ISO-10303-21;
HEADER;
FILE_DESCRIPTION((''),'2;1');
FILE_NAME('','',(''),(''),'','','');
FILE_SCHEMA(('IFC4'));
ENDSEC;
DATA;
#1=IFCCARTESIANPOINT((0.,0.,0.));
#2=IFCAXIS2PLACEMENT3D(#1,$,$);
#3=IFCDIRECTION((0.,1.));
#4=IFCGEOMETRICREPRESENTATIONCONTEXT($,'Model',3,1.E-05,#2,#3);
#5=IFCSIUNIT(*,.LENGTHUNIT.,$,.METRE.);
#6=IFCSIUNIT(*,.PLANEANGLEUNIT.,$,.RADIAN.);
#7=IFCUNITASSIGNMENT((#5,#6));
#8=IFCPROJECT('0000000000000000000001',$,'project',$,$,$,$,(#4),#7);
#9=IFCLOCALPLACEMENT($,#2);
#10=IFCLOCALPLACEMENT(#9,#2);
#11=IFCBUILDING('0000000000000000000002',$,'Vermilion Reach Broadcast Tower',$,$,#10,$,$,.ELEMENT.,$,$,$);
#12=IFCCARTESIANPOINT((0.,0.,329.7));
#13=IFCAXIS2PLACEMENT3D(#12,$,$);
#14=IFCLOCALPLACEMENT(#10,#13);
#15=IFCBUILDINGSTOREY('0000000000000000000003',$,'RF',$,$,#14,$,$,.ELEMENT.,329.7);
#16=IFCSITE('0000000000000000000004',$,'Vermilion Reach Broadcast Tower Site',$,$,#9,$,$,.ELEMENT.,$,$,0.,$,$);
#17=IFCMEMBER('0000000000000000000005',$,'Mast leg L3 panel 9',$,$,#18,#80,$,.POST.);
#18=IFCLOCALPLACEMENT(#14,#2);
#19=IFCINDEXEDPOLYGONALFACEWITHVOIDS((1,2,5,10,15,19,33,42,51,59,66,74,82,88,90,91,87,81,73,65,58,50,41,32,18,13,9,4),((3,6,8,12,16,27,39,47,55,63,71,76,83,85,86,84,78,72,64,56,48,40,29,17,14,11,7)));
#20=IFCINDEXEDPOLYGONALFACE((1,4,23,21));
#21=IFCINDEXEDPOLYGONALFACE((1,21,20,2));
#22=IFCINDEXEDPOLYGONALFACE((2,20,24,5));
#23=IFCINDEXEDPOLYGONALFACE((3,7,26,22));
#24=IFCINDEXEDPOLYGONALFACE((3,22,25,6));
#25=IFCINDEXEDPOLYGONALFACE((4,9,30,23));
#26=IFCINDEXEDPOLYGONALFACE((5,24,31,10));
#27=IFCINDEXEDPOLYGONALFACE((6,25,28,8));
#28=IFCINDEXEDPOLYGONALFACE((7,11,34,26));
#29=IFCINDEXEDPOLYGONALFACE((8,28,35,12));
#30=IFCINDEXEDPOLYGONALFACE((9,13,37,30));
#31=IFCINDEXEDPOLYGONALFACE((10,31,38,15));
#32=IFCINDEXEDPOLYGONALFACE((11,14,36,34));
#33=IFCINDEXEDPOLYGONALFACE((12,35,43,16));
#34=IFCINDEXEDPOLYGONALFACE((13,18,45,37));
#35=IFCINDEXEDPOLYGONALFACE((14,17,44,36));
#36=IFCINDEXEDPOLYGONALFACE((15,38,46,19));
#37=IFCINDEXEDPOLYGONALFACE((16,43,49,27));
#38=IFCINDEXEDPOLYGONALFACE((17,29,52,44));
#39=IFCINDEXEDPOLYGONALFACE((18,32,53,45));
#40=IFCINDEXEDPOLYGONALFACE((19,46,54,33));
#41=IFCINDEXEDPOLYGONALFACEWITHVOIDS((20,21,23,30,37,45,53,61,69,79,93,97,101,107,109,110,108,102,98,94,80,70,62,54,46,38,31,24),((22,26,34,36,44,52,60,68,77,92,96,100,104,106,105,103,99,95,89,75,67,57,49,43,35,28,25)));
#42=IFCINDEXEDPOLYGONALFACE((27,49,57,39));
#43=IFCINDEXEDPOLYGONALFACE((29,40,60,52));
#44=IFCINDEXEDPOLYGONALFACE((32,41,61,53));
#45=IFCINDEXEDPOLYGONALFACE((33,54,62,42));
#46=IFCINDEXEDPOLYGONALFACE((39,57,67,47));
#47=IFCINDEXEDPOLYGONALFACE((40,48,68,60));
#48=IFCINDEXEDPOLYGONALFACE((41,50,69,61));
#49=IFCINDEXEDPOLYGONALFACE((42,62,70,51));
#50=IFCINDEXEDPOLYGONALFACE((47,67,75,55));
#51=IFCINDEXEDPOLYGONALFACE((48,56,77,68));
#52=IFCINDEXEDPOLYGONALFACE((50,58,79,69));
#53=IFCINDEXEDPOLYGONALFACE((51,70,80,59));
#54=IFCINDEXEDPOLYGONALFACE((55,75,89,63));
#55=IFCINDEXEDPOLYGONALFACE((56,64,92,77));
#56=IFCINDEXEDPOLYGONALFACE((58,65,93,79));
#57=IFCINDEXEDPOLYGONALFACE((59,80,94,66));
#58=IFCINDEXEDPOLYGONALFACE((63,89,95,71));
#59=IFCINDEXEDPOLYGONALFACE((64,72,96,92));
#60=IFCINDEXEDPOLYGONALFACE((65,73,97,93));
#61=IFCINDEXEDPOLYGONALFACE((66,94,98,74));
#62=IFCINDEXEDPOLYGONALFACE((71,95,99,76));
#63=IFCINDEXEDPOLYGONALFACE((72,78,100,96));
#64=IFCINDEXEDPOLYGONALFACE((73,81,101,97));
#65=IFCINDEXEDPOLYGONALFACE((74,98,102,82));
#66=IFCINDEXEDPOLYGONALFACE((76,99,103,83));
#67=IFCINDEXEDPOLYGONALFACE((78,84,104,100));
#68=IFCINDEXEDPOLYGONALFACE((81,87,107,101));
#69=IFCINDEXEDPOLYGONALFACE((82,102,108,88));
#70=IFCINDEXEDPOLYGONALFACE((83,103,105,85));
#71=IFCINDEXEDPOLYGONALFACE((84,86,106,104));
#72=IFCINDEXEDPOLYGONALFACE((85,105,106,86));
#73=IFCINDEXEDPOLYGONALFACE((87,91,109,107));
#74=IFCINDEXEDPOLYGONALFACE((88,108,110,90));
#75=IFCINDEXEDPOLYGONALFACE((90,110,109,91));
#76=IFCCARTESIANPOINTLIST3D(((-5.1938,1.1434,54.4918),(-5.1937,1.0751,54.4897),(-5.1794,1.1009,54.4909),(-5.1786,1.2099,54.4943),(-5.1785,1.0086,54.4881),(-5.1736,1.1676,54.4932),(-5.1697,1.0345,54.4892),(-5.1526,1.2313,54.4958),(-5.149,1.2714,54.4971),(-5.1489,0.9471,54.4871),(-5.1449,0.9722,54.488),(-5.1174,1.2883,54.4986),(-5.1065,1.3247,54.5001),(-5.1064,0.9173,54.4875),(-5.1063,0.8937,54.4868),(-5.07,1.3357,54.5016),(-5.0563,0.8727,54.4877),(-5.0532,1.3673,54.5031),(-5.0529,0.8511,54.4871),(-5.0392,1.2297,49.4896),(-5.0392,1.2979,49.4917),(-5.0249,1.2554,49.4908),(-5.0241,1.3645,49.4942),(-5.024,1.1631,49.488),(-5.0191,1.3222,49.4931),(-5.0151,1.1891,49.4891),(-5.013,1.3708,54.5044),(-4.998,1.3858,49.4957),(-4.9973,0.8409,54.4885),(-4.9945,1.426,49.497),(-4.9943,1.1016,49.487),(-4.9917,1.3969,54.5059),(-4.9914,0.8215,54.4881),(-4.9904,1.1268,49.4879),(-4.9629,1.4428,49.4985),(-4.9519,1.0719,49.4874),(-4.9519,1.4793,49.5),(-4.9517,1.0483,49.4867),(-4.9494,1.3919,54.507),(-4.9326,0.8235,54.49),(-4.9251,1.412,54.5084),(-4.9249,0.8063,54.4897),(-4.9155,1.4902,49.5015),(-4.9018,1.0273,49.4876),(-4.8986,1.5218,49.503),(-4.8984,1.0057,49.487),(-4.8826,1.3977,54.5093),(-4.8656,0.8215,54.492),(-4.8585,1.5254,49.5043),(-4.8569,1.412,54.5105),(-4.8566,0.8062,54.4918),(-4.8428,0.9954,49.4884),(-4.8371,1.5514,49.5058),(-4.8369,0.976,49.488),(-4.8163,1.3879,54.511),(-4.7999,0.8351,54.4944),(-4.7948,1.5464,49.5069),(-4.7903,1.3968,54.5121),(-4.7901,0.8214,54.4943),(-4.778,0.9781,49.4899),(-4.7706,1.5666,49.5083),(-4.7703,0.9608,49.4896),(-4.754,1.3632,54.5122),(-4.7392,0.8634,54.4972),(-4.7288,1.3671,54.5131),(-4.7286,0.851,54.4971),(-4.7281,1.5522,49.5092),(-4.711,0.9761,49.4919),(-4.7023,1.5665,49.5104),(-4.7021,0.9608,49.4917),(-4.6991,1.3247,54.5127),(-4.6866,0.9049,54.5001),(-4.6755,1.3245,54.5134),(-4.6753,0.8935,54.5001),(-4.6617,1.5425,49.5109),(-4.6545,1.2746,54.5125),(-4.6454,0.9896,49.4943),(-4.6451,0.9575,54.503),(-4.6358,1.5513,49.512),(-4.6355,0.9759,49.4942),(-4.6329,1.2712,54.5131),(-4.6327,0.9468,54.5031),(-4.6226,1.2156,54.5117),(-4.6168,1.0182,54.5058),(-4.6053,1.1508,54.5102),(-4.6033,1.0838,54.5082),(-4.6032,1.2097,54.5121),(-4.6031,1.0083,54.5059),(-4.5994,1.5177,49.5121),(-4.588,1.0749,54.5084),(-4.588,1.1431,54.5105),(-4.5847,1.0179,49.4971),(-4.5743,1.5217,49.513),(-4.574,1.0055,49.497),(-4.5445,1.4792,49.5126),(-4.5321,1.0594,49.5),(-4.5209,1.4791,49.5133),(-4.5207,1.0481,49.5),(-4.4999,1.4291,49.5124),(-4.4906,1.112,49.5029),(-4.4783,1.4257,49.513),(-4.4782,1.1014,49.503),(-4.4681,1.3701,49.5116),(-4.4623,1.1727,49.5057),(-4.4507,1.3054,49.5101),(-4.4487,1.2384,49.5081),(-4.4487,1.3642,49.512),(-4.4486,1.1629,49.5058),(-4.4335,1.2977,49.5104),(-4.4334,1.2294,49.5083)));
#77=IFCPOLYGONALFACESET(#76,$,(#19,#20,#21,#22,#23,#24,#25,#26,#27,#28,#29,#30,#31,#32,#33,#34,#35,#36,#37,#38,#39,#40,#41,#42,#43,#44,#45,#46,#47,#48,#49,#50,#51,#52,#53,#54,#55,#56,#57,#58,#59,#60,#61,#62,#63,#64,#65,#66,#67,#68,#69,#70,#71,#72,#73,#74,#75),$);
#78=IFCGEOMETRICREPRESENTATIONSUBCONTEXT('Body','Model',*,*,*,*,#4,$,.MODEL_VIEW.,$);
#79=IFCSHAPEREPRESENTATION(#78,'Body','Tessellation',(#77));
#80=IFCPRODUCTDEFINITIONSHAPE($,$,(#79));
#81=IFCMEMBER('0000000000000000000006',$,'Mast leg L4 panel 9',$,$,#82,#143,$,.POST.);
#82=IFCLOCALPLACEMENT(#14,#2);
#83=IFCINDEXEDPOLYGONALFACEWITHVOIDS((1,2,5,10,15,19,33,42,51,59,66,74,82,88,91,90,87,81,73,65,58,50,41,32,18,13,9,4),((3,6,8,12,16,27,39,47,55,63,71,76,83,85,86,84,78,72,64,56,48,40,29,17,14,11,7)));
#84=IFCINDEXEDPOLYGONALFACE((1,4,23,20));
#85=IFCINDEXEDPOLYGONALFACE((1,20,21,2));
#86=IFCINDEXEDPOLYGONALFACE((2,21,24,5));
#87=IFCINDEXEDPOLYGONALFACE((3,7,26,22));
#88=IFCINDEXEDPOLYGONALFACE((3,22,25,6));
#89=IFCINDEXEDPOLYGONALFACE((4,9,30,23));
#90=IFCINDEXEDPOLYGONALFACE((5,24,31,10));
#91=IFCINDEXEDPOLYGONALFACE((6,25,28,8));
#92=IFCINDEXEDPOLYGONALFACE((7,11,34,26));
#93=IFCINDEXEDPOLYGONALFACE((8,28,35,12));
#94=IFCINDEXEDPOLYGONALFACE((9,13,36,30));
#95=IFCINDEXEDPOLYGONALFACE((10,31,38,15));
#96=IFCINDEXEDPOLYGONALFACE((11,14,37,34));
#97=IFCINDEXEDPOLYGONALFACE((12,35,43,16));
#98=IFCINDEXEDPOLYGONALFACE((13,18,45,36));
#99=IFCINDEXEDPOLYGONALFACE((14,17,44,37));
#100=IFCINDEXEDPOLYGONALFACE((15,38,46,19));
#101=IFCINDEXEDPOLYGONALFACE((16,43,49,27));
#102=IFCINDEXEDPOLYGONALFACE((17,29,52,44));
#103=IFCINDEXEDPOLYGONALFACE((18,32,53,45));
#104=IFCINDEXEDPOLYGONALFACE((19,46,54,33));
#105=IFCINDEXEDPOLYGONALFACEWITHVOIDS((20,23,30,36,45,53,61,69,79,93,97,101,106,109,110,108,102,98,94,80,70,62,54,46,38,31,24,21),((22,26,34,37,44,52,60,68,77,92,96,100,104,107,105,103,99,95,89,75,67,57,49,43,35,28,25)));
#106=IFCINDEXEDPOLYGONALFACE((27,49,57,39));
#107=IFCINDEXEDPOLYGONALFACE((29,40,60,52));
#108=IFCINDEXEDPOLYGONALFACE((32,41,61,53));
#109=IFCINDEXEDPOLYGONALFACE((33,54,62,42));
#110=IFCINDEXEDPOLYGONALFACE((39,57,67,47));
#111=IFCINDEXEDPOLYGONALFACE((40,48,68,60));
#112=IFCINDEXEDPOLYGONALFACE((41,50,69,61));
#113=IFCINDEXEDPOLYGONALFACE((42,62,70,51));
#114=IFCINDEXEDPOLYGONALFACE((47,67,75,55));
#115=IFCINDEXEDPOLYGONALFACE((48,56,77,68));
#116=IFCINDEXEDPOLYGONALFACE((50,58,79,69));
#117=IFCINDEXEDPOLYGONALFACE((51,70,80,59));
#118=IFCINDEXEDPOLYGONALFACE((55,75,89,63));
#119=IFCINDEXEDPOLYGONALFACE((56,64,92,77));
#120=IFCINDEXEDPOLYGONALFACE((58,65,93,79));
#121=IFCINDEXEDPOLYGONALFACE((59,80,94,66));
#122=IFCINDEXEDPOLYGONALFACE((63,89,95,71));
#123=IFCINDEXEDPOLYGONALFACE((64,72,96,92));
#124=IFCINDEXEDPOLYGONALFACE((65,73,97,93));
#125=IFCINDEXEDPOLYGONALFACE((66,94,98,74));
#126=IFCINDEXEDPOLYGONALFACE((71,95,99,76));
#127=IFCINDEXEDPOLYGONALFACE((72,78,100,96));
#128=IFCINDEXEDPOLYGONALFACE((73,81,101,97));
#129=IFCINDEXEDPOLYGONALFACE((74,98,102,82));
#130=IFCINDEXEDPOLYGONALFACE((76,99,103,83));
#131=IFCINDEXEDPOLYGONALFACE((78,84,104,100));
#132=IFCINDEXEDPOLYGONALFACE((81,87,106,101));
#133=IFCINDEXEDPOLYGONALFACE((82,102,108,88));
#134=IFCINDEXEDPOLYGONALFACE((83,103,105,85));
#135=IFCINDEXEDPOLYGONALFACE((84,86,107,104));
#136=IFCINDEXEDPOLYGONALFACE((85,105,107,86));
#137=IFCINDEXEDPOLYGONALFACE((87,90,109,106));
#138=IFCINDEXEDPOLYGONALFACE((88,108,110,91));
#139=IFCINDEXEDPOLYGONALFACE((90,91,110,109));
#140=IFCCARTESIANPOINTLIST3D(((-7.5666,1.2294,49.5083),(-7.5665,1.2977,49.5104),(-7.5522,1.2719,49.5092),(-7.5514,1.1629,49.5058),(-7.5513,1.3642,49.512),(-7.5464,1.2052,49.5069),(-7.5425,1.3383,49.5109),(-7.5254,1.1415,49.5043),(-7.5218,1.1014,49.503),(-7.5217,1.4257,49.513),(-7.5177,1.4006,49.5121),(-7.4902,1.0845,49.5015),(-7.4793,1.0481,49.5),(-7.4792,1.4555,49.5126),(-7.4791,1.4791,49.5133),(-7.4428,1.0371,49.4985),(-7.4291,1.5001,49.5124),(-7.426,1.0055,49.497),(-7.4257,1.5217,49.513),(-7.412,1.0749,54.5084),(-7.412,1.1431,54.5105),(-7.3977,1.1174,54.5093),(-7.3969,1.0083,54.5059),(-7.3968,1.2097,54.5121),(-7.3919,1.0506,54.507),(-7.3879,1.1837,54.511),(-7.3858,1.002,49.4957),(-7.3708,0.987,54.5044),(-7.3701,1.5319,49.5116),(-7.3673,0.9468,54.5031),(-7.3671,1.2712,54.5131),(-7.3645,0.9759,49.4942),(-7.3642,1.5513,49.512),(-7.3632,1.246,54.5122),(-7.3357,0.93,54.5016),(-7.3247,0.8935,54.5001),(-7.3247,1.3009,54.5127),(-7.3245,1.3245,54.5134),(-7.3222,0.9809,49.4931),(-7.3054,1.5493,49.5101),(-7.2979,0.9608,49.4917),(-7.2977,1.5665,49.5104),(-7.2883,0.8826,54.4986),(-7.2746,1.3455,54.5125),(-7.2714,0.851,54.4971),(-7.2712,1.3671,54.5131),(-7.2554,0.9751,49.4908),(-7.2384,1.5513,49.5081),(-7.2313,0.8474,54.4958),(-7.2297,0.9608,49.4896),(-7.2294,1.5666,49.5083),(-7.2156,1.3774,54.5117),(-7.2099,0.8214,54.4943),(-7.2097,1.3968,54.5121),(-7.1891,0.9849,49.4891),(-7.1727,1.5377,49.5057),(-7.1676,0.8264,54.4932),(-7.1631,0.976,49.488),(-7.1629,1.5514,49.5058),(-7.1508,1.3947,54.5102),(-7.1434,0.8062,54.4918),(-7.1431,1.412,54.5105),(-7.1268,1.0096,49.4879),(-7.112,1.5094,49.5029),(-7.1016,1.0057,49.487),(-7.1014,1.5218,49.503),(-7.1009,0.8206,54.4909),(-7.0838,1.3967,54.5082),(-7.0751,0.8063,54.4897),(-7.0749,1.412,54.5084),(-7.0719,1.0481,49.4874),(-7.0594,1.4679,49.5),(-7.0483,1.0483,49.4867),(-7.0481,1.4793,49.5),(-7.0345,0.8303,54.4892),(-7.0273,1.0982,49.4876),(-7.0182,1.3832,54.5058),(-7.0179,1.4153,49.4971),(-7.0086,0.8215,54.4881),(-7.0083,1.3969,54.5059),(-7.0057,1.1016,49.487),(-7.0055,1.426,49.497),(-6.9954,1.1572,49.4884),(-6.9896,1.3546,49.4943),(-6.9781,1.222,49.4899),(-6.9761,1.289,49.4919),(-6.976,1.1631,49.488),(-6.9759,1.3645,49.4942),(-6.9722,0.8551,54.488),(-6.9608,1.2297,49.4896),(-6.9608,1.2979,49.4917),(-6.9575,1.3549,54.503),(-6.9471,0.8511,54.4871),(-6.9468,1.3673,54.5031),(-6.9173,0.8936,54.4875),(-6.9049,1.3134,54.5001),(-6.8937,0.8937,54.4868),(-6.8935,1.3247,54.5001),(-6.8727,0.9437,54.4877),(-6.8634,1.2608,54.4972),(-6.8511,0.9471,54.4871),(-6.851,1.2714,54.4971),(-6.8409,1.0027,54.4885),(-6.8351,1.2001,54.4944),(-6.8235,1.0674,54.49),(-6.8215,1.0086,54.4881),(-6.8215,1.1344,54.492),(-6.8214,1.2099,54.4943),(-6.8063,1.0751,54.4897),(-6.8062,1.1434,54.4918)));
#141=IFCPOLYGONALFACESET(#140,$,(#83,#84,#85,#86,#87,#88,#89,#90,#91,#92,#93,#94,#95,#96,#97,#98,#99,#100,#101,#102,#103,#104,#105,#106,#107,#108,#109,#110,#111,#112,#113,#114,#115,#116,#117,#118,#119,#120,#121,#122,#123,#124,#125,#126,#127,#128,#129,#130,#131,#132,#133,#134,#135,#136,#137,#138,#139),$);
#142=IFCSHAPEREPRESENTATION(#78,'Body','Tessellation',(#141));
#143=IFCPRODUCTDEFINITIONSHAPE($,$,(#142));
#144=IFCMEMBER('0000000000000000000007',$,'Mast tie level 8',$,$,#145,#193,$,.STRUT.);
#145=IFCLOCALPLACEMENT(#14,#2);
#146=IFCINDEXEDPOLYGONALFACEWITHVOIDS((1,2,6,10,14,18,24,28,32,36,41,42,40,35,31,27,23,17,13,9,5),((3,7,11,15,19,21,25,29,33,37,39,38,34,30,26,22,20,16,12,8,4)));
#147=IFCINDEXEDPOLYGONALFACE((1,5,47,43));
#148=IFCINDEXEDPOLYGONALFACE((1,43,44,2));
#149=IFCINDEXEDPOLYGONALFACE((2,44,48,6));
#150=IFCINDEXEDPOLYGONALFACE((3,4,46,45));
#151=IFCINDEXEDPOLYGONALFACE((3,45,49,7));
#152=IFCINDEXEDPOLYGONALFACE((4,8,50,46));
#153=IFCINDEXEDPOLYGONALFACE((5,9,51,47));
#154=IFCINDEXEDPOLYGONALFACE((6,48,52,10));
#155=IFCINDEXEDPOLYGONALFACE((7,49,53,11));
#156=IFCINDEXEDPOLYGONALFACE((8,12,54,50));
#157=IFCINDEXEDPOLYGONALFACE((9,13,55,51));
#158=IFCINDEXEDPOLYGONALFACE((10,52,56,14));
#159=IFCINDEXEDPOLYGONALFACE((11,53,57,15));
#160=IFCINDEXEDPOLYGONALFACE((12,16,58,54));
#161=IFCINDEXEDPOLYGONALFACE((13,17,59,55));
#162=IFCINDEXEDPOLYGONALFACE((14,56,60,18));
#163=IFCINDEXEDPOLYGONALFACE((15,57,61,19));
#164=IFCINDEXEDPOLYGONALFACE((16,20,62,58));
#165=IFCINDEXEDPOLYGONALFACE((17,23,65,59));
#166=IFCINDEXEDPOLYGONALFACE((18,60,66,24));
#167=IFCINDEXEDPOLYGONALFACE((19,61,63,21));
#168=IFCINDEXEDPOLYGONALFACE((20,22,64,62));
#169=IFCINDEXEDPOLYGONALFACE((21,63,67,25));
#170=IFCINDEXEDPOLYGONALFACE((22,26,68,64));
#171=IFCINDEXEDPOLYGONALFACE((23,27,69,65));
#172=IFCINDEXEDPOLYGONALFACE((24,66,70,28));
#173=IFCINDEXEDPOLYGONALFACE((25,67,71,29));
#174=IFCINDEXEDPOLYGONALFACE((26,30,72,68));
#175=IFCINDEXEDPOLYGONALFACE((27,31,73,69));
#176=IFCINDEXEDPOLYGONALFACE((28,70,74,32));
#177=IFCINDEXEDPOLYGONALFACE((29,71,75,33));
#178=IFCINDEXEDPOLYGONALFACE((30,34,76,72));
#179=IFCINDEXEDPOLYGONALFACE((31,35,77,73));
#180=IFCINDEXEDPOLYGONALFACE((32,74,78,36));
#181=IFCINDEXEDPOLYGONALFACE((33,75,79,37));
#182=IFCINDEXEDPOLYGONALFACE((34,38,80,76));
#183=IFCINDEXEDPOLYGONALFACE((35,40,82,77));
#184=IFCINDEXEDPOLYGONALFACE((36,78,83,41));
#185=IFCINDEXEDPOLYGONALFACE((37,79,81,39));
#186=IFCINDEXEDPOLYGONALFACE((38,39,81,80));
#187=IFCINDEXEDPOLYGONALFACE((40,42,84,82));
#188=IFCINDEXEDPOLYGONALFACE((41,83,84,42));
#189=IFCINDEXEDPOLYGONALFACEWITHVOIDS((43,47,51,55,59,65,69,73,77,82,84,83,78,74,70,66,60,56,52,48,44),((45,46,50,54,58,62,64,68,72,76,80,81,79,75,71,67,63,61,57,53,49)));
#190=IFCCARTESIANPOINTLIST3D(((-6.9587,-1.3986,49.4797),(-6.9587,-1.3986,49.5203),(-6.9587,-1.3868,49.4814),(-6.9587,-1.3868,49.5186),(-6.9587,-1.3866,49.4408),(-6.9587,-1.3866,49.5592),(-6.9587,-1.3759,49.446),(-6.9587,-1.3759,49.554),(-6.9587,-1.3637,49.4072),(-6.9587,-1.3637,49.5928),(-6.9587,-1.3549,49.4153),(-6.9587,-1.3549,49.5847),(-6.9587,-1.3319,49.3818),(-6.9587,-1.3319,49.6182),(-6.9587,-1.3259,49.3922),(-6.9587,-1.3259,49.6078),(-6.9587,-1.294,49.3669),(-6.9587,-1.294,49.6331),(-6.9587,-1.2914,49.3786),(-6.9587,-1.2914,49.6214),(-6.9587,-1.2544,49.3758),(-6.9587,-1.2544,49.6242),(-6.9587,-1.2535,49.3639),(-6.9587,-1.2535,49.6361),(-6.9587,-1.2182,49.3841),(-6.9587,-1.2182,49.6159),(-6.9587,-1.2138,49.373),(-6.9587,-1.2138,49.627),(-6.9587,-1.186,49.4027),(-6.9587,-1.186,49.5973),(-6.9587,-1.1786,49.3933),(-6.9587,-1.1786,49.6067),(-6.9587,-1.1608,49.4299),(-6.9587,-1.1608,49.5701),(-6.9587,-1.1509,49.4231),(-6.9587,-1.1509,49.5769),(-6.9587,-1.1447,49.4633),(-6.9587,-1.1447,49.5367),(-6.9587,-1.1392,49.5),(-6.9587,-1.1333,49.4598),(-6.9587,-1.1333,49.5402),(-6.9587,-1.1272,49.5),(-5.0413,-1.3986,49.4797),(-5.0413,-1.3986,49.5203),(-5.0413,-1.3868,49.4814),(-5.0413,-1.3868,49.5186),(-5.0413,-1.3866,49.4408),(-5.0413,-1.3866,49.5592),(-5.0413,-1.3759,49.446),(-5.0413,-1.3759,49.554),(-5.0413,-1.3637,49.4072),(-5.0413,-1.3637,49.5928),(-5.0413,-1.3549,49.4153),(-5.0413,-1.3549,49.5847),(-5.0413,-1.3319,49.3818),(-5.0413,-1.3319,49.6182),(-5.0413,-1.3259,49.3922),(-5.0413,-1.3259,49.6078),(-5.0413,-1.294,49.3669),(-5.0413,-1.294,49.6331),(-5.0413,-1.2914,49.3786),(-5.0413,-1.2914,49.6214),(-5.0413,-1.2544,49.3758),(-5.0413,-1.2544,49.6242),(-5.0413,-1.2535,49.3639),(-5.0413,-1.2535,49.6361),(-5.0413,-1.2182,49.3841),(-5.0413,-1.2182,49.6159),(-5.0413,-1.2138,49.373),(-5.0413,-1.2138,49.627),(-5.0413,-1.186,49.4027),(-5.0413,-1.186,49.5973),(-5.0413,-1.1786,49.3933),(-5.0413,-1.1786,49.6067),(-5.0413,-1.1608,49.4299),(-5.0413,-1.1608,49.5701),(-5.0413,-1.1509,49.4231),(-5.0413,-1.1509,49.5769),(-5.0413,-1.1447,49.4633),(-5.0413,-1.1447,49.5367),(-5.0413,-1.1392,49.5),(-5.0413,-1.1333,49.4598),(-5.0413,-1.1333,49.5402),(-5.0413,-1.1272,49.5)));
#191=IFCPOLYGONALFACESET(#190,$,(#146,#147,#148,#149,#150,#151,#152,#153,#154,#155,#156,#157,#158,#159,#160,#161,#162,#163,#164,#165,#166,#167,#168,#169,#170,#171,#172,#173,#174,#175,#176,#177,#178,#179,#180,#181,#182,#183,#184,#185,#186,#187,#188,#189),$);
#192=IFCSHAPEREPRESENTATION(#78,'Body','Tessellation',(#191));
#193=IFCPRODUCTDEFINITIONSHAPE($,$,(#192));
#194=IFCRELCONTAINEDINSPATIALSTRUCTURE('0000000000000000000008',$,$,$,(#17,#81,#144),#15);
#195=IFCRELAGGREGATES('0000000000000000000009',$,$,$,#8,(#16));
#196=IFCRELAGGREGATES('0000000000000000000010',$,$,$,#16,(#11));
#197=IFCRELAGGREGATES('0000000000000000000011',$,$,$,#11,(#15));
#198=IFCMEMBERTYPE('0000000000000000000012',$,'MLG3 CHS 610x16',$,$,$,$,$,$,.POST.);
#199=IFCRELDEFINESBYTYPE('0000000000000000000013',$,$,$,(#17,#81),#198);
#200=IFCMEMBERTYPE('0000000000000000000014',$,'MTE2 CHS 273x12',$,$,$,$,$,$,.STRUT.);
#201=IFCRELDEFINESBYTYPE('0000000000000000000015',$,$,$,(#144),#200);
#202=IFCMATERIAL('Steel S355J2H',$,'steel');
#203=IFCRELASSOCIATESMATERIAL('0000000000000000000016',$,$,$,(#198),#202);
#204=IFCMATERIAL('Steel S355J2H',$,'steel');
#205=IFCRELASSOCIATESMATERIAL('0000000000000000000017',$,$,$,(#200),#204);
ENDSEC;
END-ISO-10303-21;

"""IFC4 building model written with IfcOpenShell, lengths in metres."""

from ifc_helpers import new_model, si_unit, direction, frame, origin, origin_2d, place, context, subcontext, project, spatial, hollow_circle, extrude, material, material_profile, profile_set, type_object, element, save


model = new_model("IFC4")

# Units and contexts
model_context = context("Model", 3, precision=1e-05, world=origin(), true_north=direction((0.0, 1.0)))
body_context = subcontext(model_context, "Body", "Model", "MODEL_VIEW")
ifc_project = project(units=[si_unit("LENGTHUNIT", "METRE"), si_unit("PLANEANGLEUNIT", "RADIAN")], contexts=[model_context])

# Site, building, storey
site_placement = place(None, origin())
site = spatial("IfcSite", under=ifc_project, at=site_placement, Name="Vermilion Reach Broadcast Tower Site", CompositionType="ELEMENT", RefElevation=0.0)
building_placement = place(site_placement, origin())
building = spatial("IfcBuilding", under=site, at=building_placement, Name="Vermilion Reach Broadcast Tower", CompositionType="ELEMENT")
storey_placement = place(building_placement, frame((0.0, 0.0, 329.7)))
storey = spatial("IfcBuildingStorey", under=building, at=storey_placement, Name="RF", CompositionType="ELEMENT", Elevation=329.7)

# Members
ifc_material_1 = material(Name="Steel S355J2H", Category="steel")
ifc_material_profile_1 = material_profile(ifc_material_1, hollow_circle(Radius=0.3049, WallThickness=0.0161, at=origin_2d()), Name="S355J2H CHS 610x16")
ifc_profile_set_1 = profile_set([ifc_material_profile_1], Name="Steel S355J2H")
member_type_1 = type_object("IfcMemberType", Name="MLG3 CHS 610x16", PredefinedType="POST", material=ifc_profile_set_1)
for number, where, z_axis, x_axis, name in (
    (1, (-4.7363, 1.2637, 49.5), (-0.030879, -0.030879, 0.999046), (0.707107, -0.707107, 0.0), "Mast leg L3 panel 9"),
    (2, (-7.2637, 1.2637, 49.5), (0.030879, -0.030879, 0.999046), (0.707107, 0.707107, 0.0), "Mast leg L4 panel 9"),
):
    element("IfcMember", number, at=place(storey_placement, frame(where, z_axis=z_axis, x_axis=x_axis)), inside=storey, type_object=member_type_1, Name=name, PredefinedType="POST", context=body_context, shape_type="SweptSolid", body=[
        extrude(hollow_circle(Radius=0.3049, WallThickness=0.0161, at=origin_2d()), origin(), (0.0, 0.0, 1.0), 5.0049),
    ])
ifc_material_2 = material(Name="Steel S355J2H", Category="steel")
ifc_material_profile_2 = material_profile(ifc_material_2, hollow_circle(Radius=0.1365, WallThickness=0.012, at=origin_2d()), Name="S355J2H CHS 273x12")
ifc_profile_set_2 = profile_set([ifc_material_profile_2], Name="Steel S355J2H")
member_type_2 = type_object("IfcMemberType", Name="MTE2 CHS 273x12", PredefinedType="STRUT", material=ifc_profile_set_2)
for number, where, z_axis, x_axis, name in (
    (3, (-6.9587, -1.2637, 49.5), (1.0, 0.0, 0.0), (0.0, 1.0, 0.0), "Mast tie level 8"),
):
    element("IfcMember", number, at=place(storey_placement, frame(where, z_axis=z_axis, x_axis=x_axis)), inside=storey, type_object=member_type_2, Name=name, PredefinedType="STRUT", context=body_context, shape_type="SweptSolid", body=[
        extrude(hollow_circle(Radius=0.1365, WallThickness=0.012, at=origin_2d()), origin(), (0.0, 0.0, 1.0), 1.9175),
    ])

save(model, "model.ifc")
